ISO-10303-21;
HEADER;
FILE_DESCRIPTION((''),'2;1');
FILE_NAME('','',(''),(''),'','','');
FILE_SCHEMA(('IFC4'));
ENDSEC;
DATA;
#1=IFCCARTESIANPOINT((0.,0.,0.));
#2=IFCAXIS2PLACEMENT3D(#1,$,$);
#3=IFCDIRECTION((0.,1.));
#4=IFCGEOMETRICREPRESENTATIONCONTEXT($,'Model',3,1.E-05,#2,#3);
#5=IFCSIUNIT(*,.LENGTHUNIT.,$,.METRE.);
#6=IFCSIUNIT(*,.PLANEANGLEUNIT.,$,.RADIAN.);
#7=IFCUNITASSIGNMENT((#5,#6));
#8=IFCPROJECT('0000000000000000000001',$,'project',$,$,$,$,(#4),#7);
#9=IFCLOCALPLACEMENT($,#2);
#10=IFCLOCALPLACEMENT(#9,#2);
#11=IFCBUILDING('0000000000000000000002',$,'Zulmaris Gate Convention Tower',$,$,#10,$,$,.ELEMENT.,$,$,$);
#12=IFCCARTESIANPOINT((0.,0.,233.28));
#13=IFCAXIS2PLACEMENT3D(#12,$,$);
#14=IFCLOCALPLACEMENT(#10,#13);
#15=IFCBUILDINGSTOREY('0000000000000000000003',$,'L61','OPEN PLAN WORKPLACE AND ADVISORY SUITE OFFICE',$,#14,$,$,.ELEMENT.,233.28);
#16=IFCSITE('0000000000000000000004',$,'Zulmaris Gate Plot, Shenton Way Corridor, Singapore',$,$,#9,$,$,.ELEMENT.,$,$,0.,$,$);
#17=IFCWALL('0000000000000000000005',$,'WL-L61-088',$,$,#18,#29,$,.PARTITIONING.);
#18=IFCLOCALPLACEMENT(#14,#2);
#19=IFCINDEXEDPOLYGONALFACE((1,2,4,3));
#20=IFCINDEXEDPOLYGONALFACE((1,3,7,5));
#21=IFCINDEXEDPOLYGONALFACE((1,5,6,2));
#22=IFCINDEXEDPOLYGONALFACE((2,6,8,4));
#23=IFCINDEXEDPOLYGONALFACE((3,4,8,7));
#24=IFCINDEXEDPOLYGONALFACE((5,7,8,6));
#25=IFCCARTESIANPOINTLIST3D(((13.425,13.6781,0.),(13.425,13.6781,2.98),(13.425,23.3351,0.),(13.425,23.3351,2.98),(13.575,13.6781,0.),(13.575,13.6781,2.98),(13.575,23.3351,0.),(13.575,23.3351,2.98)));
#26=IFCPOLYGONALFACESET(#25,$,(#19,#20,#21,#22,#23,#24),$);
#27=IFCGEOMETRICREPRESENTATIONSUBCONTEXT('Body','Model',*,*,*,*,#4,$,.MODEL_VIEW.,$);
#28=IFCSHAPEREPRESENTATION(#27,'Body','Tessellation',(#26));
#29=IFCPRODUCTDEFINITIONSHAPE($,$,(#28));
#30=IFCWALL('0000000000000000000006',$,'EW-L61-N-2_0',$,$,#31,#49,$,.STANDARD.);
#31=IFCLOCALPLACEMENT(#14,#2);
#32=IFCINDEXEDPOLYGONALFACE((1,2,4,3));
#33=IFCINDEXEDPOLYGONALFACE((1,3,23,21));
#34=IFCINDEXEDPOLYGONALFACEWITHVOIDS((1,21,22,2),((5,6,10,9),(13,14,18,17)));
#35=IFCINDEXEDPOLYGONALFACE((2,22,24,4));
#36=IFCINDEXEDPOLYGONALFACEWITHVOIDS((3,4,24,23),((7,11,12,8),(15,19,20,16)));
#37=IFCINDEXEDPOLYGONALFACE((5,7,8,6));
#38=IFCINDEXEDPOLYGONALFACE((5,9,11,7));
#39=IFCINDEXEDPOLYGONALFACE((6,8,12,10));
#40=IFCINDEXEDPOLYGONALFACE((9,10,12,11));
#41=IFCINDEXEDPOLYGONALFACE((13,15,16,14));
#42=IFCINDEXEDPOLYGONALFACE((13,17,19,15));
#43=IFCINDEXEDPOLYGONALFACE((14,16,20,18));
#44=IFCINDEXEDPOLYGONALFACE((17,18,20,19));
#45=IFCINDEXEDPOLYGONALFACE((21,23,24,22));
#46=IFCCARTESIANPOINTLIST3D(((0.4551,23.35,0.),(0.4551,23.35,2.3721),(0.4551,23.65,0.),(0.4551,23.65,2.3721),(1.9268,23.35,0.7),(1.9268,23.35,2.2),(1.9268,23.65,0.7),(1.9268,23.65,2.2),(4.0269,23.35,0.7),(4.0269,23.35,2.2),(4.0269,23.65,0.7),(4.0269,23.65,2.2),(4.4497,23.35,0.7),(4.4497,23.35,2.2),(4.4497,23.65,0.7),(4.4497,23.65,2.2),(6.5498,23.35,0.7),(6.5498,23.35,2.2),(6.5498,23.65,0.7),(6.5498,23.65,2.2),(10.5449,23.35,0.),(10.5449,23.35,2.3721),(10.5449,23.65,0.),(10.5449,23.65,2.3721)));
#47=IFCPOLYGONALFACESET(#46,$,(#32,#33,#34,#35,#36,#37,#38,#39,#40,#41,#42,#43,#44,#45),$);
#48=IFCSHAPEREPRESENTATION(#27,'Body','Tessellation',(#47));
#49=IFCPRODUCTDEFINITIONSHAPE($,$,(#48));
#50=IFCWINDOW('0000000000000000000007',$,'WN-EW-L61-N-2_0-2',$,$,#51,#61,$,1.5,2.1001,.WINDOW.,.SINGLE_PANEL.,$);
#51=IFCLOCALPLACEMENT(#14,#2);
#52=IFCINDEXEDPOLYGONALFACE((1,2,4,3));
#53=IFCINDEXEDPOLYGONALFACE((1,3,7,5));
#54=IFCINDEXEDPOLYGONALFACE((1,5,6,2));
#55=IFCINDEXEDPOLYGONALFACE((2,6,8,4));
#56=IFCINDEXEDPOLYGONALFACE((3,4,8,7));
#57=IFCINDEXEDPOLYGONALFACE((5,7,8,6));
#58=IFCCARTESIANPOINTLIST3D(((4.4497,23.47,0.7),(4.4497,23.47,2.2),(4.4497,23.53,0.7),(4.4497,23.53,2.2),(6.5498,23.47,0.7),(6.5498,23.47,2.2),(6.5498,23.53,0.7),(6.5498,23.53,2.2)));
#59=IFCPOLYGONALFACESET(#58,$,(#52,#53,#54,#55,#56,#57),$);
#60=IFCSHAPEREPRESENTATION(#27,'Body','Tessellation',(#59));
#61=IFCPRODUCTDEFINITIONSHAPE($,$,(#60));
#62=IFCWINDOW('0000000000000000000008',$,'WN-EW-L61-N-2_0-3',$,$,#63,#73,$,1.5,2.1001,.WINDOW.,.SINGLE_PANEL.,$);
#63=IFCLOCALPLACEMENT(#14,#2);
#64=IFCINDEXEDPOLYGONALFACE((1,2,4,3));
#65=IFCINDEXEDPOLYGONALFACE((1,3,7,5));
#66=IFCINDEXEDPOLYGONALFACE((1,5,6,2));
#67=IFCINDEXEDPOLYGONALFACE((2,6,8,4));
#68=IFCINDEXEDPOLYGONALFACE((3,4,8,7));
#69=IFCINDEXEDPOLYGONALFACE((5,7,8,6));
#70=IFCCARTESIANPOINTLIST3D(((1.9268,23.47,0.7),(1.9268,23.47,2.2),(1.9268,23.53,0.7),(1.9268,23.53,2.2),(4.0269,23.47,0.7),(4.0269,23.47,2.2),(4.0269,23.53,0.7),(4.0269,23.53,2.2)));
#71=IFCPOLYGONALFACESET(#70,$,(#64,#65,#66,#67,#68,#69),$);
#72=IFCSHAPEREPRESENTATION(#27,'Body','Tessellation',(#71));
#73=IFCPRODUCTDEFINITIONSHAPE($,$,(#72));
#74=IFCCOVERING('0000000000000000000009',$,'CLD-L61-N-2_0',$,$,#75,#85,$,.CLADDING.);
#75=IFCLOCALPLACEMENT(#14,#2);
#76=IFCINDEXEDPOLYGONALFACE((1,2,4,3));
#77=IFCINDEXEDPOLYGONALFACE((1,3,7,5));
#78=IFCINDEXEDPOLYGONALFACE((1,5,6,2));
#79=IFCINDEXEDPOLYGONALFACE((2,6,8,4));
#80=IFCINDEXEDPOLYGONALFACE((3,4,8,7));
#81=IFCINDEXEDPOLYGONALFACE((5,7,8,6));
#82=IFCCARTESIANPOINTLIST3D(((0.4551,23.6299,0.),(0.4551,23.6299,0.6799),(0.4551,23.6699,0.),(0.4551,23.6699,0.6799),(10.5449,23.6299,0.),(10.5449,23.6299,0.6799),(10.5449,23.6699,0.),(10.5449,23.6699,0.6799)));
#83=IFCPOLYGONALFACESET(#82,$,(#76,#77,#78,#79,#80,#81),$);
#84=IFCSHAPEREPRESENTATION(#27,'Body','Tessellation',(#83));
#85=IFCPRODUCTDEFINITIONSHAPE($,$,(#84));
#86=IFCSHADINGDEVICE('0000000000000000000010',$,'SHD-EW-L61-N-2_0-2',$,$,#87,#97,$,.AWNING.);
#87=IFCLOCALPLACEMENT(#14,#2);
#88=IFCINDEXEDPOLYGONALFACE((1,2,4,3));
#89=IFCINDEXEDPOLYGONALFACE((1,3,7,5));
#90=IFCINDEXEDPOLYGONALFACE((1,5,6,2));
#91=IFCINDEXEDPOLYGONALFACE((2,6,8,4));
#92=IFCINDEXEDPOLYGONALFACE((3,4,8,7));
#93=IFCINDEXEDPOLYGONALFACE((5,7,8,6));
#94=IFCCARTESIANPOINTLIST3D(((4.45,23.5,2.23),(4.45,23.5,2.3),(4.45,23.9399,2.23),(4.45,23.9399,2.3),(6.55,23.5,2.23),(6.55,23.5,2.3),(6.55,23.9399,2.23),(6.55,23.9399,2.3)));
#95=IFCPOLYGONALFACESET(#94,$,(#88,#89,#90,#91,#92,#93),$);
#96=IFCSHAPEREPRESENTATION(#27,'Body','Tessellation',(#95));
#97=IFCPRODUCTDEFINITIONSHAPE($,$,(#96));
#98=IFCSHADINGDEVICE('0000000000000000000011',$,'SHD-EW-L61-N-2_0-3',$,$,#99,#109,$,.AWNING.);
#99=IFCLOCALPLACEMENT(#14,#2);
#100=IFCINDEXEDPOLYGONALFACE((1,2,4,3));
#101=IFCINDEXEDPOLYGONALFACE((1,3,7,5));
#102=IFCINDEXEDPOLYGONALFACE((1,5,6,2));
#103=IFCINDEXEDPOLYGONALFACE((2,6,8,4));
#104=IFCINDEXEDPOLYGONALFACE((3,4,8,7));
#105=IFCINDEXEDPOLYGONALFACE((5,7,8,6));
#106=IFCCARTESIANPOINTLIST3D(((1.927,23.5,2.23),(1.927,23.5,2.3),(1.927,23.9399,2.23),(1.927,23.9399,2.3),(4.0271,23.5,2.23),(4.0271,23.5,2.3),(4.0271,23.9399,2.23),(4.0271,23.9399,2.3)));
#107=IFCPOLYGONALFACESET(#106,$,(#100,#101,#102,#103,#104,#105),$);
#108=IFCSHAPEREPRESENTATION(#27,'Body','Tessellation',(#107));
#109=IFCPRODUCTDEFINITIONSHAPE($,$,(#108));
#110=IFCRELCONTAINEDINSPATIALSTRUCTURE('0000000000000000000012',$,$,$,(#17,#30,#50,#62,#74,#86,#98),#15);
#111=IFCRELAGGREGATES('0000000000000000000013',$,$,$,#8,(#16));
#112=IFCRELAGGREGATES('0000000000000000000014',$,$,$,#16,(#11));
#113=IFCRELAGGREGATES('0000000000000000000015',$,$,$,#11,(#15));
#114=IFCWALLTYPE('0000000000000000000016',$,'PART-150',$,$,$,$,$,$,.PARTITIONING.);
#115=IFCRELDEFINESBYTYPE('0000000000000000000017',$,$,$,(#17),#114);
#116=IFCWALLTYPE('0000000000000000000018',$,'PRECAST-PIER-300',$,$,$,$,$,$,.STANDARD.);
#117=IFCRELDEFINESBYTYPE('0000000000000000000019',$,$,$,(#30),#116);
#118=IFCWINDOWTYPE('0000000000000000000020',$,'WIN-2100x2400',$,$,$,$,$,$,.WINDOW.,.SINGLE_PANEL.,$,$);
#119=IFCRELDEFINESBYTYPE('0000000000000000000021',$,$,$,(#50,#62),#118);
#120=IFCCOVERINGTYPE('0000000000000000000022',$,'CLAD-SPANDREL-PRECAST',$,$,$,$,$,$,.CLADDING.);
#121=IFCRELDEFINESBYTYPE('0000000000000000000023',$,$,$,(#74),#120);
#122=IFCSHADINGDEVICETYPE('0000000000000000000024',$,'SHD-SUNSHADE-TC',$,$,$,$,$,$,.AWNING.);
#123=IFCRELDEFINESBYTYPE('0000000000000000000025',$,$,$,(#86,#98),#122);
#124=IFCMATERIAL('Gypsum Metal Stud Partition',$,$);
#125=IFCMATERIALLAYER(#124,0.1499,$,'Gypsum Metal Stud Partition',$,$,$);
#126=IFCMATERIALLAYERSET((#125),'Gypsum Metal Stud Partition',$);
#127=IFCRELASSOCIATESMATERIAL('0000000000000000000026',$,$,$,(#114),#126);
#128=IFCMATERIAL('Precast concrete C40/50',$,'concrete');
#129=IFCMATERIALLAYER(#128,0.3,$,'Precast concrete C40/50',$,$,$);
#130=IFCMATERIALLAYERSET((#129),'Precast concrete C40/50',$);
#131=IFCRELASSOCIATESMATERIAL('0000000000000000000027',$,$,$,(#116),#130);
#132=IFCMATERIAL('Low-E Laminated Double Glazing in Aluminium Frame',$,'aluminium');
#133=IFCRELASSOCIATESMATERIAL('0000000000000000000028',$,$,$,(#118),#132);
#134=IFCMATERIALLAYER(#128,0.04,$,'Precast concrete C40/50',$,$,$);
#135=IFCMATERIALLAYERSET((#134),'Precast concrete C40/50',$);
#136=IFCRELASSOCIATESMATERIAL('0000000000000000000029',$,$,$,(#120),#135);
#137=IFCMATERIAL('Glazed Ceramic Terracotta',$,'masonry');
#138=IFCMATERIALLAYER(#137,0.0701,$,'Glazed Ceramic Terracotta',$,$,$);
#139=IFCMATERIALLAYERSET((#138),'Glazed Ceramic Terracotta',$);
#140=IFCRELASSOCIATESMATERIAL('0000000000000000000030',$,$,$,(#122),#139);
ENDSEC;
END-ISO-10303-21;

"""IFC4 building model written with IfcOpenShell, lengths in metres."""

from ifc_helpers import new_model, si_unit, direction, frame, frame_2d, origin, place, context, subcontext, project, spatial, rectangle, extrude, material, layer, layer_set, type_object, element, fill, save


model = new_model("IFC4")

# Units and contexts
model_context = context("Model", 3, precision=1e-05, world=origin(), true_north=direction((0.0, 1.0)))
body_context = subcontext(model_context, "Body", "Model", "MODEL_VIEW")
ifc_project = project(units=[si_unit("LENGTHUNIT", "METRE"), si_unit("PLANEANGLEUNIT", "RADIAN")], contexts=[model_context])

# Site, building, storey
site_placement = place(None, origin())
site = spatial("IfcSite", under=ifc_project, at=site_placement, Name="Zulmaris Gate Plot, Shenton Way Corridor, Singapore", CompositionType="ELEMENT", RefElevation=0.0)
building_placement = place(site_placement, origin())
building = spatial("IfcBuilding", under=site, at=building_placement, Name="Zulmaris Gate Convention Tower", CompositionType="ELEMENT")
storey_placement = place(building_placement, frame((0.0, 0.0, 233.28)))
storey = spatial("IfcBuildingStorey", under=building, at=storey_placement, Name="L61", Description="OPEN PLAN WORKPLACE AND ADVISORY SUITE OFFICE", CompositionType="ELEMENT", Elevation=233.28)

# Shared definitions
ifc_material_1 = material(Name="Gypsum Metal Stud Partition")
ifc_layer_1 = layer(ifc_material_1, 0.1499, Name="Gypsum Metal Stud Partition")
ifc_layer_set_1 = layer_set([ifc_layer_1], Name="Gypsum Metal Stud Partition")
wall_type_1 = type_object("IfcWallType", Name="PART-150", PredefinedType="PARTITIONING", material=ifc_layer_set_1)

# Wall
wall_1_placement = place(storey_placement, frame((13.5, 13.678, 0.0), z_axis=(0.0, 0.0, 1.0), x_axis=(0.0, 1.0, 0.0)))
element("IfcWall", 1, at=wall_1_placement, inside=storey, type_object=wall_type_1, Name="WL-L61-088", PredefinedType="PARTITIONING", context=body_context, shape_type="SweptSolid", body=[
    extrude(rectangle(XDim=9.657, YDim=0.1499, at=frame_2d((4.8286, 0.0))), origin(), (0.0, 0.0, 1.0), 2.98),
])

# Wall, openings, windows
ifc_material_2 = material(Name="Precast concrete C40/50", Category="concrete")
ifc_layer_2 = layer(ifc_material_2, 0.3, Name="Precast concrete C40/50")
ifc_layer_set_2 = layer_set([ifc_layer_2], Name="Precast concrete C40/50")
wall_type_2 = type_object("IfcWallType", Name="PRECAST-PIER-300", PredefinedType="STANDARD", material=ifc_layer_set_2)
wall_2_placement = place(storey_placement, frame((10.5449, 23.5, 0.0), z_axis=(0.0, 0.0, 1.0), x_axis=(-1.0, 0.0, 0.0)))
wall_2 = element("IfcWall", 2, at=wall_2_placement, inside=storey, type_object=wall_type_2, Name="EW-L61-N-2_0", PredefinedType="STANDARD", context=body_context, shape_type="SweptSolid", body=[
    extrude(rectangle(XDim=10.0898, YDim=0.3, at=frame_2d((5.0449, 0.0))), origin(), (0.0, 0.0, 1.0), 2.3721),
])
opening_1_placement = place(wall_2_placement, frame((3.9951, 0.0, 0.7)))
opening_1 = element("IfcOpeningElement", 3, at=opening_1_placement, cuts=wall_2, PredefinedType="OPENING", context=body_context, shape_type="SweptSolid", body=[
    extrude(rectangle(XDim=2.1001, YDim=1.5, at=frame_2d((1.05, 0.75))), frame((0.0, 0.1602, 0.0), z_axis=(0.0, -1.0, 0.0), x_axis=(1.0, 0.0, 0.0)), (0.0, 0.0, 1.0), 0.3201),
])
opening_2_placement = place(wall_2_placement, frame((6.5181, 0.0, 0.7)))
opening_2 = element("IfcOpeningElement", 4, at=opening_2_placement, cuts=wall_2, PredefinedType="OPENING", context=body_context, shape_type="SweptSolid", body=[
    extrude(rectangle(XDim=2.1001, YDim=1.5, at=frame_2d((1.05, 0.75))), frame((0.0, 0.1602, 0.0), z_axis=(0.0, -1.0, 0.0), x_axis=(1.0, 0.0, 0.0)), (0.0, 0.0, 1.0), 0.3201),
])
ifc_material_3 = material(Name="Low-E Laminated Double Glazing in Aluminium Frame", Category="aluminium")
window_type = type_object("IfcWindowType", Name="WIN-2100x2400", PartitioningType="SINGLE_PANEL", PredefinedType="WINDOW", material=ifc_material_3)
window_1_placement = place(opening_1_placement, origin())
window_1 = element("IfcWindow", 5, at=window_1_placement, inside=storey, type_object=window_type, Name="WN-EW-L61-N-2_0-2", OverallHeight=1.5, OverallWidth=2.1001, PartitioningType="SINGLE_PANEL", PredefinedType="WINDOW", context=body_context, shape_type="SweptSolid", body=[
    extrude(rectangle(XDim=2.1001, YDim=1.5, at=frame_2d((1.05, 0.75))), frame((0.0, 0.03, 0.0), z_axis=(0.0, -1.0, 0.0), x_axis=(1.0, 0.0, 0.0)), (0.0, 0.0, 1.0), 0.0601),
])
fill(opening_1, window_1)
window_2_placement = place(opening_2_placement, origin())
window_2 = element("IfcWindow", 6, at=window_2_placement, inside=storey, type_object=window_type, Name="WN-EW-L61-N-2_0-3", OverallHeight=1.5, OverallWidth=2.1001, PartitioningType="SINGLE_PANEL", PredefinedType="WINDOW", context=body_context, shape_type="SweptSolid", body=[
    extrude(rectangle(XDim=2.1001, YDim=1.5, at=frame_2d((1.05, 0.75))), frame((0.0, 0.03, 0.0), z_axis=(0.0, -1.0, 0.0), x_axis=(1.0, 0.0, 0.0)), (0.0, 0.0, 1.0), 0.0601),
])
fill(opening_2, window_2)

# Covering
ifc_layer_3 = layer(ifc_material_2, 0.04, Name="Precast concrete C40/50")
ifc_layer_set_3 = layer_set([ifc_layer_3], Name="Precast concrete C40/50")
covering_type = type_object("IfcCoveringType", Name="CLAD-SPANDREL-PRECAST", PredefinedType="CLADDING", material=ifc_layer_set_3)
covering_placement = place(storey_placement, frame((10.5449, 23.6499, 0.0), z_axis=(0.0, 0.0, 1.0), x_axis=(-1.0, 0.0, 0.0)))
element("IfcCovering", 7, at=covering_placement, inside=storey, type_object=covering_type, Name="CLD-L61-N-2_0", PredefinedType="CLADDING", context=body_context, shape_type="SweptSolid", body=[
    extrude(rectangle(XDim=10.0898, YDim=0.04, at=frame_2d((5.0449, 0.0))), origin(), (0.0, 0.0, 1.0), 0.6799),
])

# Shading devices
ifc_material_4 = material(Name="Glazed Ceramic Terracotta", Category="masonry")
ifc_layer_4 = layer(ifc_material_4, 0.0701, Name="Glazed Ceramic Terracotta")
ifc_layer_set_4 = layer_set([ifc_layer_4], Name="Glazed Ceramic Terracotta")
shading_device_type = type_object("IfcShadingDeviceType", Name="SHD-SUNSHADE-TC", PredefinedType="AWNING", material=ifc_layer_set_4)
for number, where, z_axis, x_axis, name in (
    (8, (6.55, 23.72, 2.23), (0.0, 0.0, 1.0), (-1.0, 0.0, 0.0), "SHD-EW-L61-N-2_0-2"),
    (9, (4.0271, 23.72, 2.23), (0.0, 0.0, 1.0), (-1.0, 0.0, 0.0), "SHD-EW-L61-N-2_0-3"),
):
    element("IfcShadingDevice", number, at=place(storey_placement, frame(where, z_axis=z_axis, x_axis=x_axis)), inside=storey, type_object=shading_device_type, Name=name, PredefinedType="AWNING", context=body_context, shape_type="SweptSolid", body=[
        extrude(rectangle(XDim=2.1001, YDim=0.4399, at=frame_2d((1.05, 0.0))), origin(), (0.0, 0.0, 1.0), 0.0701),
    ])

save(model, "model.ifc")
